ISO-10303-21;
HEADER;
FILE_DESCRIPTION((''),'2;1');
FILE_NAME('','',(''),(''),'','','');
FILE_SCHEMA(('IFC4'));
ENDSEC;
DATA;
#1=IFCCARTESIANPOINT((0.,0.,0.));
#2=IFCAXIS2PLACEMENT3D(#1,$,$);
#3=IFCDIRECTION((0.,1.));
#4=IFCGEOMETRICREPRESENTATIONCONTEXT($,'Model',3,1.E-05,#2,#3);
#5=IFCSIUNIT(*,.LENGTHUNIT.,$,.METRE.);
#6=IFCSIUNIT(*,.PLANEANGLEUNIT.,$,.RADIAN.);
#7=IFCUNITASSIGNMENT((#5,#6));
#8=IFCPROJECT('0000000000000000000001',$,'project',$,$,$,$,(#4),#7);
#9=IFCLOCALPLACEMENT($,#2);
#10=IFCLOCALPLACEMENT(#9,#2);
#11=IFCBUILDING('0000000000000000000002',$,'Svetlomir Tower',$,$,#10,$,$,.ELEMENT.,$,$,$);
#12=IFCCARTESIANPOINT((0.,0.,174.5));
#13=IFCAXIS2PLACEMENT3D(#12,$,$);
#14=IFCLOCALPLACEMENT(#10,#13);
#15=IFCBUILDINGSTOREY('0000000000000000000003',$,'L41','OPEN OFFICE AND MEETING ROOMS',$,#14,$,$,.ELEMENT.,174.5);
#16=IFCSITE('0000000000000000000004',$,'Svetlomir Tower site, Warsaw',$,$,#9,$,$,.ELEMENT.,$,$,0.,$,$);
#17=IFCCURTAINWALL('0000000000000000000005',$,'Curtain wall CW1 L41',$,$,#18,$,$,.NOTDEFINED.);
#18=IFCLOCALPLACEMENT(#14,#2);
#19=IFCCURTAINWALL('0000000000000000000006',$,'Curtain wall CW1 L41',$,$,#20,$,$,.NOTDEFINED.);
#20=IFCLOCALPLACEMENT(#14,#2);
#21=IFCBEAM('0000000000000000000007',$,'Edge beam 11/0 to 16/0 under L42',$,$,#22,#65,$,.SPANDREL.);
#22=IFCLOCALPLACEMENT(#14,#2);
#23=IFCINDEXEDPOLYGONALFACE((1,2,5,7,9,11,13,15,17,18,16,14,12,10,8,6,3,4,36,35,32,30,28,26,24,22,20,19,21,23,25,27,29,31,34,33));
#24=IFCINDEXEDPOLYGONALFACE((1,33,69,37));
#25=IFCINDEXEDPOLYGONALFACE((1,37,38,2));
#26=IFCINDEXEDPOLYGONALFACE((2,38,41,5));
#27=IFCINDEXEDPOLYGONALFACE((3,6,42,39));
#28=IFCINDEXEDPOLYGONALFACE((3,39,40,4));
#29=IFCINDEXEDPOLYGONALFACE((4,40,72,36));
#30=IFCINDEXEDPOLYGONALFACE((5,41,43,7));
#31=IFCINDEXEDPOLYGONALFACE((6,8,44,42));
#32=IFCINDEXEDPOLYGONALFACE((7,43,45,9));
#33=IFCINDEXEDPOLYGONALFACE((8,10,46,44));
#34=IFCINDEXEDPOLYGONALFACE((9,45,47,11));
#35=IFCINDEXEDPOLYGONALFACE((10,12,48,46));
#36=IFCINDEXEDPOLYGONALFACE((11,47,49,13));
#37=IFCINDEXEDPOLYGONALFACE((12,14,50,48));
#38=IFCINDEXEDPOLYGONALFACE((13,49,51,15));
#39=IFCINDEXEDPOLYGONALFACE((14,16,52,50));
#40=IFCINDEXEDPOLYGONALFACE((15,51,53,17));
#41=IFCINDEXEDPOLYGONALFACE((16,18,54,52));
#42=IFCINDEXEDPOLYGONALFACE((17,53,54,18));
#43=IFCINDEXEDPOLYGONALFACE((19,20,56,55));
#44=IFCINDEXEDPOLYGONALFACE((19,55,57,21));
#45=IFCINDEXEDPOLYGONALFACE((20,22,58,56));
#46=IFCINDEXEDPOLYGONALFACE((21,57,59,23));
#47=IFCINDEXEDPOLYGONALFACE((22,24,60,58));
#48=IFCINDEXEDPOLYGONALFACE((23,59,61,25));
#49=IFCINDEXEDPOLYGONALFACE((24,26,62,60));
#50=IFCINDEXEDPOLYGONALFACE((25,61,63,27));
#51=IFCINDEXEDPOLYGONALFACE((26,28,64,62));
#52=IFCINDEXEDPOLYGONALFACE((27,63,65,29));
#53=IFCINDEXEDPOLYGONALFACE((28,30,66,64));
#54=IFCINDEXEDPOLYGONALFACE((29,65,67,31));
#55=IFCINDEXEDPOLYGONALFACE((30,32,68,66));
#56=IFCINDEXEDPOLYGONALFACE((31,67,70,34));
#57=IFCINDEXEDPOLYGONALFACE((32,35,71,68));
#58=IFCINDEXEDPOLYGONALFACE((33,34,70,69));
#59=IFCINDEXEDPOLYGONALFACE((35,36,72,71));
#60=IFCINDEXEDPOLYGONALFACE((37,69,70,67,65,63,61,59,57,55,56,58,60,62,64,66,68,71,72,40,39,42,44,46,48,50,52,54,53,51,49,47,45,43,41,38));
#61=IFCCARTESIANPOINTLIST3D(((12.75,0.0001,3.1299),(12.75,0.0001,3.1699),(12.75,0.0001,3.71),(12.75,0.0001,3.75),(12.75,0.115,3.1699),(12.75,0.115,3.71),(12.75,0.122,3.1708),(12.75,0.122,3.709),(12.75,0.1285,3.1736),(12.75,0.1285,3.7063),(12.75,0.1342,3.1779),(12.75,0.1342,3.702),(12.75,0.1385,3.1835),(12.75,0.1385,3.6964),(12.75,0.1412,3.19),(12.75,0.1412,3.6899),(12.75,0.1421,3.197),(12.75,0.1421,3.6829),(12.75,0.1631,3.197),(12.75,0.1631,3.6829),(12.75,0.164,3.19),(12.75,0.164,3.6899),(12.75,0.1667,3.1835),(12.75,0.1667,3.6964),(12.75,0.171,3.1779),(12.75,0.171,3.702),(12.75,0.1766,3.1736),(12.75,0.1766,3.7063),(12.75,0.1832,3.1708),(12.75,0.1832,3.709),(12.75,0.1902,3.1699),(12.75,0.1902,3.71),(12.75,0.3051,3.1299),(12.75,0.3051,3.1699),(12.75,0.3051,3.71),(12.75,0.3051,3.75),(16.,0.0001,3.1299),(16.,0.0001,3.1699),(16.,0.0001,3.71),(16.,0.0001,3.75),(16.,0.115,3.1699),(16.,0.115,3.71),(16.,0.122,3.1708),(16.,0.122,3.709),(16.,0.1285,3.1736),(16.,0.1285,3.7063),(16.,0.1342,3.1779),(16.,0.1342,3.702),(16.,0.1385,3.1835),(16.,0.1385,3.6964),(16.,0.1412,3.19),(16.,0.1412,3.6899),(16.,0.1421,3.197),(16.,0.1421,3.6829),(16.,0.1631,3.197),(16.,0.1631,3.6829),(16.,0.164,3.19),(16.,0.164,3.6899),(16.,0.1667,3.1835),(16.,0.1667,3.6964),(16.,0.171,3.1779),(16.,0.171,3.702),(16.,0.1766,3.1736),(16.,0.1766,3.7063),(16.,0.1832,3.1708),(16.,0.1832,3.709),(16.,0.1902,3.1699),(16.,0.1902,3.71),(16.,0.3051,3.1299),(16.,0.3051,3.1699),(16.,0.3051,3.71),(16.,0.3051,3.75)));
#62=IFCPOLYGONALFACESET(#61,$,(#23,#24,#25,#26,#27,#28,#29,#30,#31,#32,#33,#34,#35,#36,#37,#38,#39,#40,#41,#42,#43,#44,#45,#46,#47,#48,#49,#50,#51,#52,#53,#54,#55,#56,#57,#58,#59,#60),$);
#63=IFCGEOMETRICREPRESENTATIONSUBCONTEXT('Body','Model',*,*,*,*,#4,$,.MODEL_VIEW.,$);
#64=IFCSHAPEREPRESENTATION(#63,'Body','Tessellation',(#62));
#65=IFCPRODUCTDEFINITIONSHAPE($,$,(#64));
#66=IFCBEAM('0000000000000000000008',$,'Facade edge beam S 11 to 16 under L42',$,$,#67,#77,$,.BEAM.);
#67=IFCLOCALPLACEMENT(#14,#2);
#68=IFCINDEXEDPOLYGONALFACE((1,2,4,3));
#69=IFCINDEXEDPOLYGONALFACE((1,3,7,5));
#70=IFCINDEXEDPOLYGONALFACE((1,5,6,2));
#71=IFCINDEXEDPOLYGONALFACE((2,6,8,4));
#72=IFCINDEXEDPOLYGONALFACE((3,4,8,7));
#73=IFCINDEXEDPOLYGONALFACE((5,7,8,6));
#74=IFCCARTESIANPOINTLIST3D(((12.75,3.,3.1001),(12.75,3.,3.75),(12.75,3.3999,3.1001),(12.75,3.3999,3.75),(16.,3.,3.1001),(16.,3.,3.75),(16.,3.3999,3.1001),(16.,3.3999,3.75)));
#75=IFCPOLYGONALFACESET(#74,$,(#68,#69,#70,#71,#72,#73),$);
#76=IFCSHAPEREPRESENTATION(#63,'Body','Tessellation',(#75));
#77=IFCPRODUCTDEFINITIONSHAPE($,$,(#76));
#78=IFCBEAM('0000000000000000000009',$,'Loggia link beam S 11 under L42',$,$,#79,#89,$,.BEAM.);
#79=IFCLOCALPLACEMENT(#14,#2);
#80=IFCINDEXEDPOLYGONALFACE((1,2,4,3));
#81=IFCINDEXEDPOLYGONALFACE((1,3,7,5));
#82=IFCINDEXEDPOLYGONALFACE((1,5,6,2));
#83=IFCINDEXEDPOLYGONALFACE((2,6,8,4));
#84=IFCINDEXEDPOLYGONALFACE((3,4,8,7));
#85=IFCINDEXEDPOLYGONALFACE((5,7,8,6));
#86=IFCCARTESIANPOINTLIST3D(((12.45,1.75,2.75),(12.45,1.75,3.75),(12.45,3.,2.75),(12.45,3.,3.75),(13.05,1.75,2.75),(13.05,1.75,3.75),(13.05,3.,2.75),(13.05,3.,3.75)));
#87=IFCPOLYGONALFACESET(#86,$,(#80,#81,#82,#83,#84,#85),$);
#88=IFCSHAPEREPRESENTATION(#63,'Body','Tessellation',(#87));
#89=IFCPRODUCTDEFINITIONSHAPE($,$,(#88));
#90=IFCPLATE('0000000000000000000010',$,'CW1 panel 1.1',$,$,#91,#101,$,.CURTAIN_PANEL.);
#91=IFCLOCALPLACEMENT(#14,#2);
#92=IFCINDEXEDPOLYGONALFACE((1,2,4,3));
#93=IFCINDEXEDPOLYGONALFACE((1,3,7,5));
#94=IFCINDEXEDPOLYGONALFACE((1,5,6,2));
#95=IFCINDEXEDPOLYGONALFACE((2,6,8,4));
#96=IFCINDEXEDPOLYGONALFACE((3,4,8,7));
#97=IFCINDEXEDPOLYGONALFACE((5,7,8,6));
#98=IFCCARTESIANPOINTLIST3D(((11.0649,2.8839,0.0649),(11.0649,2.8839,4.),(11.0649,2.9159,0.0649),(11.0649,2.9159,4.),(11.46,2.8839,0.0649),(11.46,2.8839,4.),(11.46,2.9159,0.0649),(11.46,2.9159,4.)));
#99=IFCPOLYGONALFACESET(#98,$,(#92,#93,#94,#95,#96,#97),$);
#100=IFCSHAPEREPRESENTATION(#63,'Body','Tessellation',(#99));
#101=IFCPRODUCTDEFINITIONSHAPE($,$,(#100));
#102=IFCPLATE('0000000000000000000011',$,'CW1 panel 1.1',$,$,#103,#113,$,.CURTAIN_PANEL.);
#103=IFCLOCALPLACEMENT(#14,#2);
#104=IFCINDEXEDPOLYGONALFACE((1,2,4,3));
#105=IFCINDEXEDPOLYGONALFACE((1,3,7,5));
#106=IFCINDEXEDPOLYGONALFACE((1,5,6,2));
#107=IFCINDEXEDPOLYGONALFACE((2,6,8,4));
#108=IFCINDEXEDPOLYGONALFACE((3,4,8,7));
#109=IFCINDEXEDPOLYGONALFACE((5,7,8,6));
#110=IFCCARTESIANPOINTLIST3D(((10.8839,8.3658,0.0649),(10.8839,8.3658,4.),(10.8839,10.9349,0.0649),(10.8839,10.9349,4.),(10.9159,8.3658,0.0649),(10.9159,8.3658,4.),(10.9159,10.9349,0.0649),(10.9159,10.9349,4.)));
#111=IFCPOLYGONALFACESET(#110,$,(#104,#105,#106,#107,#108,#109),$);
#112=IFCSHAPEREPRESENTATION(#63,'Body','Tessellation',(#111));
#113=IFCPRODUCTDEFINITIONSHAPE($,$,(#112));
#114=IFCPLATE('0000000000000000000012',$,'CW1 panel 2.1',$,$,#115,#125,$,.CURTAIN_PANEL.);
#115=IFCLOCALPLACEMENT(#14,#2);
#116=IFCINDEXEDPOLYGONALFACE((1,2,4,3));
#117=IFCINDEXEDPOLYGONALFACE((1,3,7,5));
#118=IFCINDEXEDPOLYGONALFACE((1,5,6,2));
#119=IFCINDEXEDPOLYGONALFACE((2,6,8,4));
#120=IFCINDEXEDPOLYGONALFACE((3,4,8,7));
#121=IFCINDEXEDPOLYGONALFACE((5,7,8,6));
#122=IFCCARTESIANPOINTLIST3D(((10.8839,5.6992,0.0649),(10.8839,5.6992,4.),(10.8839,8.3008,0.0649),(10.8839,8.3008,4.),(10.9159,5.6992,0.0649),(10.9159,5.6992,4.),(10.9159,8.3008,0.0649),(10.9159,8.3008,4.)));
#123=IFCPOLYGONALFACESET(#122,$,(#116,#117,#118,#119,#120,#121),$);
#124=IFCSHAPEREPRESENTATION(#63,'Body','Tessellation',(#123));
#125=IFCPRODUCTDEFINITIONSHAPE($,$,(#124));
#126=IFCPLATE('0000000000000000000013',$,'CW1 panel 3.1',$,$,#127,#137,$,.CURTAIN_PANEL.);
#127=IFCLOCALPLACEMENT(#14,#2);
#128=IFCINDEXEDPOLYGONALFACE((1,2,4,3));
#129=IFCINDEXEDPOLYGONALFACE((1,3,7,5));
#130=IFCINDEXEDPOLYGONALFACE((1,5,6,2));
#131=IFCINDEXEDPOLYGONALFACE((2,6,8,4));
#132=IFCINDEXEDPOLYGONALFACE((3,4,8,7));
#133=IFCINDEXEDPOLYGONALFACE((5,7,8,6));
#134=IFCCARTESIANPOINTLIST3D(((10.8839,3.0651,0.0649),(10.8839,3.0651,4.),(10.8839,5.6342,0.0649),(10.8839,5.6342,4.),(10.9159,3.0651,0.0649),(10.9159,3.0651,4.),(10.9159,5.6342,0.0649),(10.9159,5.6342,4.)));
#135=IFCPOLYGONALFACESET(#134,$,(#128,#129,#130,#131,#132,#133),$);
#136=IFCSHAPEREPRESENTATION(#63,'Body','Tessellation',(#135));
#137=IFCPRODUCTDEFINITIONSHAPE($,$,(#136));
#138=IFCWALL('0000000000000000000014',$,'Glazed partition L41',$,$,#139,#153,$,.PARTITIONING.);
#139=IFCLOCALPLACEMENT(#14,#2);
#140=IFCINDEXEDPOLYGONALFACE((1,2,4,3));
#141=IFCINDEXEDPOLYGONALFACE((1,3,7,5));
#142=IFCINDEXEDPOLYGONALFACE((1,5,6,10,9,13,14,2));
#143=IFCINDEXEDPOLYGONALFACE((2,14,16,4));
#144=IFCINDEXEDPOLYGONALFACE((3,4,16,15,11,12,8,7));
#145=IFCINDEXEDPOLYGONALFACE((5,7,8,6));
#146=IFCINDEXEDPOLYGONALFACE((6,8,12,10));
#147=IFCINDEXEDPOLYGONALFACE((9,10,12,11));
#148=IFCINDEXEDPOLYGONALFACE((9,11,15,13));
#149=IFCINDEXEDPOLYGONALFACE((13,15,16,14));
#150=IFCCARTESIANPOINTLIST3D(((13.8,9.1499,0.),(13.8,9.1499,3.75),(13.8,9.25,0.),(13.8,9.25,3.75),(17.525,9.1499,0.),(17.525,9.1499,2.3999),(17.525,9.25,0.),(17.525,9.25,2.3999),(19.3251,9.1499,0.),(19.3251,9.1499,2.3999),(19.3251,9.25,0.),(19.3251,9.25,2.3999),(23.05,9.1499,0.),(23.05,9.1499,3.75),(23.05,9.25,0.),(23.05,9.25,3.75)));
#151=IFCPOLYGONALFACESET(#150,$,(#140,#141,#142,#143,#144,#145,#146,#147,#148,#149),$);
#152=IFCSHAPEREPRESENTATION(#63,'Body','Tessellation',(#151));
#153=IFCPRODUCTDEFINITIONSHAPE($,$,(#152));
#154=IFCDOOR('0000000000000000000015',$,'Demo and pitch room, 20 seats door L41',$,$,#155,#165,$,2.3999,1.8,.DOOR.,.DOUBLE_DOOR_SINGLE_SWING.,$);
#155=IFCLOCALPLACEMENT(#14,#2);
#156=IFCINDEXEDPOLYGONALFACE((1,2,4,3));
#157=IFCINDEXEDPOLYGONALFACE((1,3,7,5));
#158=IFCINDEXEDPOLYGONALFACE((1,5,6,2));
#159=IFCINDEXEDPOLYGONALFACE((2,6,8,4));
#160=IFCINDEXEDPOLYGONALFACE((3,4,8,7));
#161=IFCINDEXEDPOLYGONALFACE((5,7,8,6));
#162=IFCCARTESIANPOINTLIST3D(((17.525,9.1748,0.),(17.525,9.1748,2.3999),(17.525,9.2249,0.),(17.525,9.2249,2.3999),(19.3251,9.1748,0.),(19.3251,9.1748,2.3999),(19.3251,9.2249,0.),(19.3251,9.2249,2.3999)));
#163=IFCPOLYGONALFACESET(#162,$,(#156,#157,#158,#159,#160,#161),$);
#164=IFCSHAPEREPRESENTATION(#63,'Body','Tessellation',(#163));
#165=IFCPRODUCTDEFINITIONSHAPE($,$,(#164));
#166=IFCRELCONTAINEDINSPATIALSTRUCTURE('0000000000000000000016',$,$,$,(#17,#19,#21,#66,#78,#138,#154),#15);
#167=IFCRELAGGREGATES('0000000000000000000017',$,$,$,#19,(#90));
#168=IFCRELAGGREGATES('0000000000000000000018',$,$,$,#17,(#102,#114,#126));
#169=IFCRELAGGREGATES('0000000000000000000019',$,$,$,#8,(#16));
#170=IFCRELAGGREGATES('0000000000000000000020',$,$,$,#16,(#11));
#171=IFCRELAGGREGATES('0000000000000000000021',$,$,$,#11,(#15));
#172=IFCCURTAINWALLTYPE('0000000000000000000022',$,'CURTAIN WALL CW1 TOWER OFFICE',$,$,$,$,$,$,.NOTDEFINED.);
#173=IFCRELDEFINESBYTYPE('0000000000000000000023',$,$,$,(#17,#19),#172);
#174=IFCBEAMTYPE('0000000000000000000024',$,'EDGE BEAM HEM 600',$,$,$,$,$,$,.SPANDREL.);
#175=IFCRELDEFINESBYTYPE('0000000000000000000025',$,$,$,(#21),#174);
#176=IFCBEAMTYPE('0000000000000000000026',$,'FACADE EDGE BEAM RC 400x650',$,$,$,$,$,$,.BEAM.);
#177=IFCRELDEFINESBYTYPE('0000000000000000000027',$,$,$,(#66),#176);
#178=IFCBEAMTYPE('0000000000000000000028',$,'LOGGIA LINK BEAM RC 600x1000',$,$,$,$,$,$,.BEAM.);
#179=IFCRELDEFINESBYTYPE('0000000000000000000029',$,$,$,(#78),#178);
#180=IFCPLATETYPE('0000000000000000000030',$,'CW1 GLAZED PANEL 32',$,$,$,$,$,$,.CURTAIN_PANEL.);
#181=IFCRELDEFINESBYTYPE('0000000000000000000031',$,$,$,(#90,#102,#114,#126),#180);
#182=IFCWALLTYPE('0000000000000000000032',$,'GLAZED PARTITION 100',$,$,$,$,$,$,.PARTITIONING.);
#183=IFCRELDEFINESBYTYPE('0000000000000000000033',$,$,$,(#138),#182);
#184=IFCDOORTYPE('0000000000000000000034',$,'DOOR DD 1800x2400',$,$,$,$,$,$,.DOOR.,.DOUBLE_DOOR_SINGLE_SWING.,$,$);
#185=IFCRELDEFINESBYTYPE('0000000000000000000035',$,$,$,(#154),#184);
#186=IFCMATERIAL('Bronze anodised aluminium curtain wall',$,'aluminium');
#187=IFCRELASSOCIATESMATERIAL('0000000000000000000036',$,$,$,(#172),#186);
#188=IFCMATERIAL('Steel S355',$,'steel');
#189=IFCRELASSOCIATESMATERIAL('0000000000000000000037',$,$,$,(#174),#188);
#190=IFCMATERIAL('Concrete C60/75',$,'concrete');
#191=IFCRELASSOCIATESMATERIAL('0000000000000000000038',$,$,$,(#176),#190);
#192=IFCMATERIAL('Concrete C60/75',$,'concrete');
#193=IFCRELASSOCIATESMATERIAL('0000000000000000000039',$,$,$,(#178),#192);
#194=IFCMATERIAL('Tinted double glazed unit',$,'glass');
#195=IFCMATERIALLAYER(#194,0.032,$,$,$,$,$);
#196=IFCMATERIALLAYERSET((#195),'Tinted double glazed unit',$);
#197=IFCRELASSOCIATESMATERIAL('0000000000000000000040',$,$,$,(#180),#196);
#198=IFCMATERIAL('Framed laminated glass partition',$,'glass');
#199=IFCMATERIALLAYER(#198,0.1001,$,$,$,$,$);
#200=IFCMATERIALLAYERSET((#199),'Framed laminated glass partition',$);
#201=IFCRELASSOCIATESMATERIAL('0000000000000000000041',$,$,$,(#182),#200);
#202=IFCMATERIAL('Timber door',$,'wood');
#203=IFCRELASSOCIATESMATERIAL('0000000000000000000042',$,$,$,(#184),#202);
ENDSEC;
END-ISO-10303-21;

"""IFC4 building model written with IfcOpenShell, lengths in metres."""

from ifc_helpers import new_model, si_unit, direction, frame, frame_2d, origin, origin_2d, place, context, subcontext, project, spatial, rectangle, i_section, extrude, material, layer, layer_set, material_profile, profile_set, type_object, element, fill, aggregate, save


model = new_model("IFC4")

# Units and contexts
model_context = context("Model", 3, precision=1e-05, world=origin(), true_north=direction((0.0, 1.0)))
body_context = subcontext(model_context, "Body", "Model", "MODEL_VIEW")
ifc_project = project(units=[si_unit("LENGTHUNIT", "METRE"), si_unit("PLANEANGLEUNIT", "RADIAN")], contexts=[model_context])

# Site, building, storey
site_placement = place(None, origin())
site = spatial("IfcSite", under=ifc_project, at=site_placement, Name="Svetlomir Tower site, Warsaw", CompositionType="ELEMENT", RefElevation=0.0)
building_placement = place(site_placement, origin())
building = spatial("IfcBuilding", under=site, at=building_placement, Name="Svetlomir Tower", CompositionType="ELEMENT")
storey_placement = place(building_placement, frame((0.0, 0.0, 174.5)))
storey = spatial("IfcBuildingStorey", under=building, at=storey_placement, Name="L41", Description="OPEN OFFICE AND MEETING ROOMS", CompositionType="ELEMENT", Elevation=174.5)

# Curtain wall
ifc_material_1 = material(Name="Bronze anodised aluminium curtain wall", Category="aluminium")
curtain_wall_type = type_object("IfcCurtainWallType", Name="CURTAIN WALL CW1 TOWER OFFICE", PredefinedType="NOTDEFINED", material=ifc_material_1)
curtain_wall_1_placement = place(storey_placement, origin())
curtain_wall_1 = element("IfcCurtainWall", 1, at=curtain_wall_1_placement, inside=storey, type_object=curtain_wall_type, Name="Curtain wall CW1 L41", PredefinedType="NOTDEFINED")

# Curtain wall
curtain_wall_2_placement = place(storey_placement, origin())
curtain_wall_2 = element("IfcCurtainWall", 2, at=curtain_wall_2_placement, inside=storey, type_object=curtain_wall_type, Name="Curtain wall CW1 L41", PredefinedType="NOTDEFINED")

# Beams
ifc_material_2 = material(Name="Steel S355", Category="steel")
ifc_material_profile_1 = material_profile(ifc_material_2, i_section(OverallWidth=0.3049, OverallDepth=0.6201, WebThickness=0.021, FlangeThickness=0.04, FilletRadius=0.0271, at=origin_2d()), Name="HEM 600")
ifc_profile_set_1 = profile_set([ifc_material_profile_1], Name="Steel S355")
beam_type_1 = type_object("IfcBeamType", Name="EDGE BEAM HEM 600", PredefinedType="SPANDREL", material=ifc_profile_set_1)
beam_1_placement = place(storey_placement, frame((12.75, 0.1526, 3.4399), z_axis=(1.0, 0.0, 0.0), x_axis=(0.0, 1.0, 0.0)))
element("IfcBeam", 3, at=beam_1_placement, inside=storey, type_object=beam_type_1, Name="Edge beam 11/0 to 16/0 under L42", PredefinedType="SPANDREL", context=body_context, shape_type="SweptSolid", body=[
    extrude(i_section(OverallWidth=0.3049, OverallDepth=0.6201, WebThickness=0.021, FlangeThickness=0.04, FilletRadius=0.0271, at=origin_2d()), origin(), (0.0, 0.0, 1.0), 3.25),
])
ifc_material_3 = material(Name="Concrete C60/75", Category="concrete")
ifc_material_profile_2 = material_profile(ifc_material_3, rectangle(XDim=0.3999, YDim=0.6499, at=origin_2d()), Name="RC 400x650")
ifc_profile_set_2 = profile_set([ifc_material_profile_2], Name="Concrete C60/75")
beam_type_2 = type_object("IfcBeamType", Name="FACADE EDGE BEAM RC 400x650", PredefinedType="BEAM", material=ifc_profile_set_2)
beam_2_placement = place(storey_placement, frame((12.75, 3.2, 3.425), z_axis=(1.0, 0.0, 0.0), x_axis=(0.0, 1.0, 0.0)))
element("IfcBeam", 4, at=beam_2_placement, inside=storey, type_object=beam_type_2, Name="Facade edge beam S 11 to 16 under L42", PredefinedType="BEAM", context=body_context, shape_type="SweptSolid", body=[
    extrude(rectangle(XDim=0.3999, YDim=0.6499, at=origin_2d()), origin(), (0.0, 0.0, 1.0), 3.25),
])
ifc_material_4 = material(Name="Concrete C60/75", Category="concrete")
ifc_material_profile_3 = material_profile(ifc_material_4, rectangle(XDim=0.6001, YDim=1.0, at=origin_2d()), Name="RC 600x1000")
ifc_profile_set_3 = profile_set([ifc_material_profile_3], Name="Concrete C60/75")
beam_type_3 = type_object("IfcBeamType", Name="LOGGIA LINK BEAM RC 600x1000", PredefinedType="BEAM", material=ifc_profile_set_3)
beam_3_placement = place(storey_placement, frame((12.75, 1.75, 3.25), z_axis=(0.0, 1.0, 0.0), x_axis=(-1.0, 0.0, 0.0)))
element("IfcBeam", 5, at=beam_3_placement, inside=storey, type_object=beam_type_3, Name="Loggia link beam S 11 under L42", PredefinedType="BEAM", context=body_context, shape_type="SweptSolid", body=[
    extrude(rectangle(XDim=0.6001, YDim=1.0, at=origin_2d()), origin(), (0.0, 0.0, 1.0), 1.25),
])

# Plates
ifc_material_5 = material(Name="Tinted double glazed unit", Category="glass")
ifc_layer_1 = layer(ifc_material_5, 0.032)
ifc_layer_set_1 = layer_set([ifc_layer_1], Name="Tinted double glazed unit")
plate_type = type_object("IfcPlateType", Name="CW1 GLAZED PANEL 32", PredefinedType="CURTAIN_PANEL", material=ifc_layer_set_1)
plate_1_placement = place(storey_placement, frame((11.2625, 2.8999, 0.0649), z_axis=(0.0, 0.0, 1.0), x_axis=(1.0, 0.0, 0.0)))
plate_1 = element("IfcPlate", 6, at=plate_1_placement, type_object=plate_type, Name="CW1 panel 1.1", PredefinedType="CURTAIN_PANEL", context=body_context, shape_type="SweptSolid", body=[
    extrude(rectangle(XDim=0.395, YDim=0.032, at=origin_2d()), origin(), (0.0, 0.0, 1.0), 3.9351),
])
aggregate(curtain_wall_2, [plate_1])
plate_2_placement = place(storey_placement, frame((10.8999, 9.6504, 0.0649), z_axis=(0.0, 0.0, 1.0), x_axis=(0.0, -1.0, 0.0)))
plate_2 = element("IfcPlate", 7, at=plate_2_placement, type_object=plate_type, Name="CW1 panel 1.1", PredefinedType="CURTAIN_PANEL", context=body_context, shape_type="SweptSolid", body=[
    extrude(rectangle(XDim=2.5691, YDim=0.032, at=origin_2d()), origin(), (0.0, 0.0, 1.0), 3.9351),
])
plate_3_placement = place(storey_placement, frame((10.8999, 7.0, 0.0649), z_axis=(0.0, 0.0, 1.0), x_axis=(0.0, -1.0, 0.0)))
plate_3 = element("IfcPlate", 8, at=plate_3_placement, type_object=plate_type, Name="CW1 panel 2.1", PredefinedType="CURTAIN_PANEL", context=body_context, shape_type="SweptSolid", body=[
    extrude(rectangle(XDim=2.6016, YDim=0.032, at=origin_2d()), origin(), (0.0, 0.0, 1.0), 3.9351),
])
plate_4_placement = place(storey_placement, frame((10.8999, 4.3496, 0.0649), z_axis=(0.0, 0.0, 1.0), x_axis=(0.0, -1.0, 0.0)))
plate_4 = element("IfcPlate", 9, at=plate_4_placement, type_object=plate_type, Name="CW1 panel 3.1", PredefinedType="CURTAIN_PANEL", context=body_context, shape_type="SweptSolid", body=[
    extrude(rectangle(XDim=2.5691, YDim=0.032, at=origin_2d()), origin(), (0.0, 0.0, 1.0), 3.9351),
])
aggregate(curtain_wall_1, [plate_2, plate_3, plate_4])

# Wall, opening, door
ifc_material_6 = material(Name="Framed laminated glass partition", Category="glass")
ifc_layer_2 = layer(ifc_material_6, 0.1001)
ifc_layer_set_2 = layer_set([ifc_layer_2], Name="Framed laminated glass partition")
wall_type_1 = type_object("IfcWallType", Name="GLAZED PARTITION 100", PredefinedType="PARTITIONING", material=ifc_layer_set_2)
wall_1_placement = place(storey_placement, frame((13.8, 9.2, 0.0), z_axis=(0.0, 0.0, 1.0), x_axis=(1.0, 0.0, 0.0)))
wall_1 = element("IfcWall", 10, at=wall_1_placement, inside=storey, type_object=wall_type_1, Name="Glazed partition L41", PredefinedType="PARTITIONING", context=body_context, shape_type="SweptSolid", body=[
    extrude(rectangle(XDim=9.25, YDim=0.1001, at=frame_2d((4.625, 0.0))), origin(), (0.0, 0.0, 1.0), 3.75),
])
opening_1_placement = place(wall_1_placement, frame((3.7251, 0.0, 0.0)))
opening_1 = element("IfcOpeningElement", 11, at=opening_1_placement, cuts=wall_1, PredefinedType="OPENING", context=body_context, shape_type="SweptSolid", body=[
    extrude(rectangle(XDim=1.8, YDim=2.3999, at=frame_2d((0.8999, 1.2))), frame((0.0, 0.0601, 0.0), z_axis=(0.0, -1.0, 0.0), x_axis=(1.0, 0.0, 0.0)), (0.0, 0.0, 1.0), 0.1201),
])
ifc_material_7 = material(Name="Timber door", Category="wood")
door_type_1 = type_object("IfcDoorType", Name="DOOR DD 1800x2400", OperationType="DOUBLE_DOOR_SINGLE_SWING", PredefinedType="DOOR", material=ifc_material_7)
door_1_placement = place(opening_1_placement, origin())
door_1 = element("IfcDoor", 12, at=door_1_placement, inside=storey, type_object=door_type_1, Name="Demo and pitch room, 20 seats door L41", OperationType="DOUBLE_DOOR_SINGLE_SWING", OverallHeight=2.3999, OverallWidth=1.8, PredefinedType="DOOR", context=body_context, shape_type="SweptSolid", body=[
    extrude(rectangle(XDim=1.8, YDim=2.3999, at=frame_2d((0.8999, 1.2))), frame((0.0, 0.0249, 0.0), z_axis=(0.0, -1.0, 0.0), x_axis=(1.0, 0.0, 0.0)), (0.0, 0.0, 1.0), 0.05),
])
fill(opening_1, door_1)

save(model, "model.ifc")
